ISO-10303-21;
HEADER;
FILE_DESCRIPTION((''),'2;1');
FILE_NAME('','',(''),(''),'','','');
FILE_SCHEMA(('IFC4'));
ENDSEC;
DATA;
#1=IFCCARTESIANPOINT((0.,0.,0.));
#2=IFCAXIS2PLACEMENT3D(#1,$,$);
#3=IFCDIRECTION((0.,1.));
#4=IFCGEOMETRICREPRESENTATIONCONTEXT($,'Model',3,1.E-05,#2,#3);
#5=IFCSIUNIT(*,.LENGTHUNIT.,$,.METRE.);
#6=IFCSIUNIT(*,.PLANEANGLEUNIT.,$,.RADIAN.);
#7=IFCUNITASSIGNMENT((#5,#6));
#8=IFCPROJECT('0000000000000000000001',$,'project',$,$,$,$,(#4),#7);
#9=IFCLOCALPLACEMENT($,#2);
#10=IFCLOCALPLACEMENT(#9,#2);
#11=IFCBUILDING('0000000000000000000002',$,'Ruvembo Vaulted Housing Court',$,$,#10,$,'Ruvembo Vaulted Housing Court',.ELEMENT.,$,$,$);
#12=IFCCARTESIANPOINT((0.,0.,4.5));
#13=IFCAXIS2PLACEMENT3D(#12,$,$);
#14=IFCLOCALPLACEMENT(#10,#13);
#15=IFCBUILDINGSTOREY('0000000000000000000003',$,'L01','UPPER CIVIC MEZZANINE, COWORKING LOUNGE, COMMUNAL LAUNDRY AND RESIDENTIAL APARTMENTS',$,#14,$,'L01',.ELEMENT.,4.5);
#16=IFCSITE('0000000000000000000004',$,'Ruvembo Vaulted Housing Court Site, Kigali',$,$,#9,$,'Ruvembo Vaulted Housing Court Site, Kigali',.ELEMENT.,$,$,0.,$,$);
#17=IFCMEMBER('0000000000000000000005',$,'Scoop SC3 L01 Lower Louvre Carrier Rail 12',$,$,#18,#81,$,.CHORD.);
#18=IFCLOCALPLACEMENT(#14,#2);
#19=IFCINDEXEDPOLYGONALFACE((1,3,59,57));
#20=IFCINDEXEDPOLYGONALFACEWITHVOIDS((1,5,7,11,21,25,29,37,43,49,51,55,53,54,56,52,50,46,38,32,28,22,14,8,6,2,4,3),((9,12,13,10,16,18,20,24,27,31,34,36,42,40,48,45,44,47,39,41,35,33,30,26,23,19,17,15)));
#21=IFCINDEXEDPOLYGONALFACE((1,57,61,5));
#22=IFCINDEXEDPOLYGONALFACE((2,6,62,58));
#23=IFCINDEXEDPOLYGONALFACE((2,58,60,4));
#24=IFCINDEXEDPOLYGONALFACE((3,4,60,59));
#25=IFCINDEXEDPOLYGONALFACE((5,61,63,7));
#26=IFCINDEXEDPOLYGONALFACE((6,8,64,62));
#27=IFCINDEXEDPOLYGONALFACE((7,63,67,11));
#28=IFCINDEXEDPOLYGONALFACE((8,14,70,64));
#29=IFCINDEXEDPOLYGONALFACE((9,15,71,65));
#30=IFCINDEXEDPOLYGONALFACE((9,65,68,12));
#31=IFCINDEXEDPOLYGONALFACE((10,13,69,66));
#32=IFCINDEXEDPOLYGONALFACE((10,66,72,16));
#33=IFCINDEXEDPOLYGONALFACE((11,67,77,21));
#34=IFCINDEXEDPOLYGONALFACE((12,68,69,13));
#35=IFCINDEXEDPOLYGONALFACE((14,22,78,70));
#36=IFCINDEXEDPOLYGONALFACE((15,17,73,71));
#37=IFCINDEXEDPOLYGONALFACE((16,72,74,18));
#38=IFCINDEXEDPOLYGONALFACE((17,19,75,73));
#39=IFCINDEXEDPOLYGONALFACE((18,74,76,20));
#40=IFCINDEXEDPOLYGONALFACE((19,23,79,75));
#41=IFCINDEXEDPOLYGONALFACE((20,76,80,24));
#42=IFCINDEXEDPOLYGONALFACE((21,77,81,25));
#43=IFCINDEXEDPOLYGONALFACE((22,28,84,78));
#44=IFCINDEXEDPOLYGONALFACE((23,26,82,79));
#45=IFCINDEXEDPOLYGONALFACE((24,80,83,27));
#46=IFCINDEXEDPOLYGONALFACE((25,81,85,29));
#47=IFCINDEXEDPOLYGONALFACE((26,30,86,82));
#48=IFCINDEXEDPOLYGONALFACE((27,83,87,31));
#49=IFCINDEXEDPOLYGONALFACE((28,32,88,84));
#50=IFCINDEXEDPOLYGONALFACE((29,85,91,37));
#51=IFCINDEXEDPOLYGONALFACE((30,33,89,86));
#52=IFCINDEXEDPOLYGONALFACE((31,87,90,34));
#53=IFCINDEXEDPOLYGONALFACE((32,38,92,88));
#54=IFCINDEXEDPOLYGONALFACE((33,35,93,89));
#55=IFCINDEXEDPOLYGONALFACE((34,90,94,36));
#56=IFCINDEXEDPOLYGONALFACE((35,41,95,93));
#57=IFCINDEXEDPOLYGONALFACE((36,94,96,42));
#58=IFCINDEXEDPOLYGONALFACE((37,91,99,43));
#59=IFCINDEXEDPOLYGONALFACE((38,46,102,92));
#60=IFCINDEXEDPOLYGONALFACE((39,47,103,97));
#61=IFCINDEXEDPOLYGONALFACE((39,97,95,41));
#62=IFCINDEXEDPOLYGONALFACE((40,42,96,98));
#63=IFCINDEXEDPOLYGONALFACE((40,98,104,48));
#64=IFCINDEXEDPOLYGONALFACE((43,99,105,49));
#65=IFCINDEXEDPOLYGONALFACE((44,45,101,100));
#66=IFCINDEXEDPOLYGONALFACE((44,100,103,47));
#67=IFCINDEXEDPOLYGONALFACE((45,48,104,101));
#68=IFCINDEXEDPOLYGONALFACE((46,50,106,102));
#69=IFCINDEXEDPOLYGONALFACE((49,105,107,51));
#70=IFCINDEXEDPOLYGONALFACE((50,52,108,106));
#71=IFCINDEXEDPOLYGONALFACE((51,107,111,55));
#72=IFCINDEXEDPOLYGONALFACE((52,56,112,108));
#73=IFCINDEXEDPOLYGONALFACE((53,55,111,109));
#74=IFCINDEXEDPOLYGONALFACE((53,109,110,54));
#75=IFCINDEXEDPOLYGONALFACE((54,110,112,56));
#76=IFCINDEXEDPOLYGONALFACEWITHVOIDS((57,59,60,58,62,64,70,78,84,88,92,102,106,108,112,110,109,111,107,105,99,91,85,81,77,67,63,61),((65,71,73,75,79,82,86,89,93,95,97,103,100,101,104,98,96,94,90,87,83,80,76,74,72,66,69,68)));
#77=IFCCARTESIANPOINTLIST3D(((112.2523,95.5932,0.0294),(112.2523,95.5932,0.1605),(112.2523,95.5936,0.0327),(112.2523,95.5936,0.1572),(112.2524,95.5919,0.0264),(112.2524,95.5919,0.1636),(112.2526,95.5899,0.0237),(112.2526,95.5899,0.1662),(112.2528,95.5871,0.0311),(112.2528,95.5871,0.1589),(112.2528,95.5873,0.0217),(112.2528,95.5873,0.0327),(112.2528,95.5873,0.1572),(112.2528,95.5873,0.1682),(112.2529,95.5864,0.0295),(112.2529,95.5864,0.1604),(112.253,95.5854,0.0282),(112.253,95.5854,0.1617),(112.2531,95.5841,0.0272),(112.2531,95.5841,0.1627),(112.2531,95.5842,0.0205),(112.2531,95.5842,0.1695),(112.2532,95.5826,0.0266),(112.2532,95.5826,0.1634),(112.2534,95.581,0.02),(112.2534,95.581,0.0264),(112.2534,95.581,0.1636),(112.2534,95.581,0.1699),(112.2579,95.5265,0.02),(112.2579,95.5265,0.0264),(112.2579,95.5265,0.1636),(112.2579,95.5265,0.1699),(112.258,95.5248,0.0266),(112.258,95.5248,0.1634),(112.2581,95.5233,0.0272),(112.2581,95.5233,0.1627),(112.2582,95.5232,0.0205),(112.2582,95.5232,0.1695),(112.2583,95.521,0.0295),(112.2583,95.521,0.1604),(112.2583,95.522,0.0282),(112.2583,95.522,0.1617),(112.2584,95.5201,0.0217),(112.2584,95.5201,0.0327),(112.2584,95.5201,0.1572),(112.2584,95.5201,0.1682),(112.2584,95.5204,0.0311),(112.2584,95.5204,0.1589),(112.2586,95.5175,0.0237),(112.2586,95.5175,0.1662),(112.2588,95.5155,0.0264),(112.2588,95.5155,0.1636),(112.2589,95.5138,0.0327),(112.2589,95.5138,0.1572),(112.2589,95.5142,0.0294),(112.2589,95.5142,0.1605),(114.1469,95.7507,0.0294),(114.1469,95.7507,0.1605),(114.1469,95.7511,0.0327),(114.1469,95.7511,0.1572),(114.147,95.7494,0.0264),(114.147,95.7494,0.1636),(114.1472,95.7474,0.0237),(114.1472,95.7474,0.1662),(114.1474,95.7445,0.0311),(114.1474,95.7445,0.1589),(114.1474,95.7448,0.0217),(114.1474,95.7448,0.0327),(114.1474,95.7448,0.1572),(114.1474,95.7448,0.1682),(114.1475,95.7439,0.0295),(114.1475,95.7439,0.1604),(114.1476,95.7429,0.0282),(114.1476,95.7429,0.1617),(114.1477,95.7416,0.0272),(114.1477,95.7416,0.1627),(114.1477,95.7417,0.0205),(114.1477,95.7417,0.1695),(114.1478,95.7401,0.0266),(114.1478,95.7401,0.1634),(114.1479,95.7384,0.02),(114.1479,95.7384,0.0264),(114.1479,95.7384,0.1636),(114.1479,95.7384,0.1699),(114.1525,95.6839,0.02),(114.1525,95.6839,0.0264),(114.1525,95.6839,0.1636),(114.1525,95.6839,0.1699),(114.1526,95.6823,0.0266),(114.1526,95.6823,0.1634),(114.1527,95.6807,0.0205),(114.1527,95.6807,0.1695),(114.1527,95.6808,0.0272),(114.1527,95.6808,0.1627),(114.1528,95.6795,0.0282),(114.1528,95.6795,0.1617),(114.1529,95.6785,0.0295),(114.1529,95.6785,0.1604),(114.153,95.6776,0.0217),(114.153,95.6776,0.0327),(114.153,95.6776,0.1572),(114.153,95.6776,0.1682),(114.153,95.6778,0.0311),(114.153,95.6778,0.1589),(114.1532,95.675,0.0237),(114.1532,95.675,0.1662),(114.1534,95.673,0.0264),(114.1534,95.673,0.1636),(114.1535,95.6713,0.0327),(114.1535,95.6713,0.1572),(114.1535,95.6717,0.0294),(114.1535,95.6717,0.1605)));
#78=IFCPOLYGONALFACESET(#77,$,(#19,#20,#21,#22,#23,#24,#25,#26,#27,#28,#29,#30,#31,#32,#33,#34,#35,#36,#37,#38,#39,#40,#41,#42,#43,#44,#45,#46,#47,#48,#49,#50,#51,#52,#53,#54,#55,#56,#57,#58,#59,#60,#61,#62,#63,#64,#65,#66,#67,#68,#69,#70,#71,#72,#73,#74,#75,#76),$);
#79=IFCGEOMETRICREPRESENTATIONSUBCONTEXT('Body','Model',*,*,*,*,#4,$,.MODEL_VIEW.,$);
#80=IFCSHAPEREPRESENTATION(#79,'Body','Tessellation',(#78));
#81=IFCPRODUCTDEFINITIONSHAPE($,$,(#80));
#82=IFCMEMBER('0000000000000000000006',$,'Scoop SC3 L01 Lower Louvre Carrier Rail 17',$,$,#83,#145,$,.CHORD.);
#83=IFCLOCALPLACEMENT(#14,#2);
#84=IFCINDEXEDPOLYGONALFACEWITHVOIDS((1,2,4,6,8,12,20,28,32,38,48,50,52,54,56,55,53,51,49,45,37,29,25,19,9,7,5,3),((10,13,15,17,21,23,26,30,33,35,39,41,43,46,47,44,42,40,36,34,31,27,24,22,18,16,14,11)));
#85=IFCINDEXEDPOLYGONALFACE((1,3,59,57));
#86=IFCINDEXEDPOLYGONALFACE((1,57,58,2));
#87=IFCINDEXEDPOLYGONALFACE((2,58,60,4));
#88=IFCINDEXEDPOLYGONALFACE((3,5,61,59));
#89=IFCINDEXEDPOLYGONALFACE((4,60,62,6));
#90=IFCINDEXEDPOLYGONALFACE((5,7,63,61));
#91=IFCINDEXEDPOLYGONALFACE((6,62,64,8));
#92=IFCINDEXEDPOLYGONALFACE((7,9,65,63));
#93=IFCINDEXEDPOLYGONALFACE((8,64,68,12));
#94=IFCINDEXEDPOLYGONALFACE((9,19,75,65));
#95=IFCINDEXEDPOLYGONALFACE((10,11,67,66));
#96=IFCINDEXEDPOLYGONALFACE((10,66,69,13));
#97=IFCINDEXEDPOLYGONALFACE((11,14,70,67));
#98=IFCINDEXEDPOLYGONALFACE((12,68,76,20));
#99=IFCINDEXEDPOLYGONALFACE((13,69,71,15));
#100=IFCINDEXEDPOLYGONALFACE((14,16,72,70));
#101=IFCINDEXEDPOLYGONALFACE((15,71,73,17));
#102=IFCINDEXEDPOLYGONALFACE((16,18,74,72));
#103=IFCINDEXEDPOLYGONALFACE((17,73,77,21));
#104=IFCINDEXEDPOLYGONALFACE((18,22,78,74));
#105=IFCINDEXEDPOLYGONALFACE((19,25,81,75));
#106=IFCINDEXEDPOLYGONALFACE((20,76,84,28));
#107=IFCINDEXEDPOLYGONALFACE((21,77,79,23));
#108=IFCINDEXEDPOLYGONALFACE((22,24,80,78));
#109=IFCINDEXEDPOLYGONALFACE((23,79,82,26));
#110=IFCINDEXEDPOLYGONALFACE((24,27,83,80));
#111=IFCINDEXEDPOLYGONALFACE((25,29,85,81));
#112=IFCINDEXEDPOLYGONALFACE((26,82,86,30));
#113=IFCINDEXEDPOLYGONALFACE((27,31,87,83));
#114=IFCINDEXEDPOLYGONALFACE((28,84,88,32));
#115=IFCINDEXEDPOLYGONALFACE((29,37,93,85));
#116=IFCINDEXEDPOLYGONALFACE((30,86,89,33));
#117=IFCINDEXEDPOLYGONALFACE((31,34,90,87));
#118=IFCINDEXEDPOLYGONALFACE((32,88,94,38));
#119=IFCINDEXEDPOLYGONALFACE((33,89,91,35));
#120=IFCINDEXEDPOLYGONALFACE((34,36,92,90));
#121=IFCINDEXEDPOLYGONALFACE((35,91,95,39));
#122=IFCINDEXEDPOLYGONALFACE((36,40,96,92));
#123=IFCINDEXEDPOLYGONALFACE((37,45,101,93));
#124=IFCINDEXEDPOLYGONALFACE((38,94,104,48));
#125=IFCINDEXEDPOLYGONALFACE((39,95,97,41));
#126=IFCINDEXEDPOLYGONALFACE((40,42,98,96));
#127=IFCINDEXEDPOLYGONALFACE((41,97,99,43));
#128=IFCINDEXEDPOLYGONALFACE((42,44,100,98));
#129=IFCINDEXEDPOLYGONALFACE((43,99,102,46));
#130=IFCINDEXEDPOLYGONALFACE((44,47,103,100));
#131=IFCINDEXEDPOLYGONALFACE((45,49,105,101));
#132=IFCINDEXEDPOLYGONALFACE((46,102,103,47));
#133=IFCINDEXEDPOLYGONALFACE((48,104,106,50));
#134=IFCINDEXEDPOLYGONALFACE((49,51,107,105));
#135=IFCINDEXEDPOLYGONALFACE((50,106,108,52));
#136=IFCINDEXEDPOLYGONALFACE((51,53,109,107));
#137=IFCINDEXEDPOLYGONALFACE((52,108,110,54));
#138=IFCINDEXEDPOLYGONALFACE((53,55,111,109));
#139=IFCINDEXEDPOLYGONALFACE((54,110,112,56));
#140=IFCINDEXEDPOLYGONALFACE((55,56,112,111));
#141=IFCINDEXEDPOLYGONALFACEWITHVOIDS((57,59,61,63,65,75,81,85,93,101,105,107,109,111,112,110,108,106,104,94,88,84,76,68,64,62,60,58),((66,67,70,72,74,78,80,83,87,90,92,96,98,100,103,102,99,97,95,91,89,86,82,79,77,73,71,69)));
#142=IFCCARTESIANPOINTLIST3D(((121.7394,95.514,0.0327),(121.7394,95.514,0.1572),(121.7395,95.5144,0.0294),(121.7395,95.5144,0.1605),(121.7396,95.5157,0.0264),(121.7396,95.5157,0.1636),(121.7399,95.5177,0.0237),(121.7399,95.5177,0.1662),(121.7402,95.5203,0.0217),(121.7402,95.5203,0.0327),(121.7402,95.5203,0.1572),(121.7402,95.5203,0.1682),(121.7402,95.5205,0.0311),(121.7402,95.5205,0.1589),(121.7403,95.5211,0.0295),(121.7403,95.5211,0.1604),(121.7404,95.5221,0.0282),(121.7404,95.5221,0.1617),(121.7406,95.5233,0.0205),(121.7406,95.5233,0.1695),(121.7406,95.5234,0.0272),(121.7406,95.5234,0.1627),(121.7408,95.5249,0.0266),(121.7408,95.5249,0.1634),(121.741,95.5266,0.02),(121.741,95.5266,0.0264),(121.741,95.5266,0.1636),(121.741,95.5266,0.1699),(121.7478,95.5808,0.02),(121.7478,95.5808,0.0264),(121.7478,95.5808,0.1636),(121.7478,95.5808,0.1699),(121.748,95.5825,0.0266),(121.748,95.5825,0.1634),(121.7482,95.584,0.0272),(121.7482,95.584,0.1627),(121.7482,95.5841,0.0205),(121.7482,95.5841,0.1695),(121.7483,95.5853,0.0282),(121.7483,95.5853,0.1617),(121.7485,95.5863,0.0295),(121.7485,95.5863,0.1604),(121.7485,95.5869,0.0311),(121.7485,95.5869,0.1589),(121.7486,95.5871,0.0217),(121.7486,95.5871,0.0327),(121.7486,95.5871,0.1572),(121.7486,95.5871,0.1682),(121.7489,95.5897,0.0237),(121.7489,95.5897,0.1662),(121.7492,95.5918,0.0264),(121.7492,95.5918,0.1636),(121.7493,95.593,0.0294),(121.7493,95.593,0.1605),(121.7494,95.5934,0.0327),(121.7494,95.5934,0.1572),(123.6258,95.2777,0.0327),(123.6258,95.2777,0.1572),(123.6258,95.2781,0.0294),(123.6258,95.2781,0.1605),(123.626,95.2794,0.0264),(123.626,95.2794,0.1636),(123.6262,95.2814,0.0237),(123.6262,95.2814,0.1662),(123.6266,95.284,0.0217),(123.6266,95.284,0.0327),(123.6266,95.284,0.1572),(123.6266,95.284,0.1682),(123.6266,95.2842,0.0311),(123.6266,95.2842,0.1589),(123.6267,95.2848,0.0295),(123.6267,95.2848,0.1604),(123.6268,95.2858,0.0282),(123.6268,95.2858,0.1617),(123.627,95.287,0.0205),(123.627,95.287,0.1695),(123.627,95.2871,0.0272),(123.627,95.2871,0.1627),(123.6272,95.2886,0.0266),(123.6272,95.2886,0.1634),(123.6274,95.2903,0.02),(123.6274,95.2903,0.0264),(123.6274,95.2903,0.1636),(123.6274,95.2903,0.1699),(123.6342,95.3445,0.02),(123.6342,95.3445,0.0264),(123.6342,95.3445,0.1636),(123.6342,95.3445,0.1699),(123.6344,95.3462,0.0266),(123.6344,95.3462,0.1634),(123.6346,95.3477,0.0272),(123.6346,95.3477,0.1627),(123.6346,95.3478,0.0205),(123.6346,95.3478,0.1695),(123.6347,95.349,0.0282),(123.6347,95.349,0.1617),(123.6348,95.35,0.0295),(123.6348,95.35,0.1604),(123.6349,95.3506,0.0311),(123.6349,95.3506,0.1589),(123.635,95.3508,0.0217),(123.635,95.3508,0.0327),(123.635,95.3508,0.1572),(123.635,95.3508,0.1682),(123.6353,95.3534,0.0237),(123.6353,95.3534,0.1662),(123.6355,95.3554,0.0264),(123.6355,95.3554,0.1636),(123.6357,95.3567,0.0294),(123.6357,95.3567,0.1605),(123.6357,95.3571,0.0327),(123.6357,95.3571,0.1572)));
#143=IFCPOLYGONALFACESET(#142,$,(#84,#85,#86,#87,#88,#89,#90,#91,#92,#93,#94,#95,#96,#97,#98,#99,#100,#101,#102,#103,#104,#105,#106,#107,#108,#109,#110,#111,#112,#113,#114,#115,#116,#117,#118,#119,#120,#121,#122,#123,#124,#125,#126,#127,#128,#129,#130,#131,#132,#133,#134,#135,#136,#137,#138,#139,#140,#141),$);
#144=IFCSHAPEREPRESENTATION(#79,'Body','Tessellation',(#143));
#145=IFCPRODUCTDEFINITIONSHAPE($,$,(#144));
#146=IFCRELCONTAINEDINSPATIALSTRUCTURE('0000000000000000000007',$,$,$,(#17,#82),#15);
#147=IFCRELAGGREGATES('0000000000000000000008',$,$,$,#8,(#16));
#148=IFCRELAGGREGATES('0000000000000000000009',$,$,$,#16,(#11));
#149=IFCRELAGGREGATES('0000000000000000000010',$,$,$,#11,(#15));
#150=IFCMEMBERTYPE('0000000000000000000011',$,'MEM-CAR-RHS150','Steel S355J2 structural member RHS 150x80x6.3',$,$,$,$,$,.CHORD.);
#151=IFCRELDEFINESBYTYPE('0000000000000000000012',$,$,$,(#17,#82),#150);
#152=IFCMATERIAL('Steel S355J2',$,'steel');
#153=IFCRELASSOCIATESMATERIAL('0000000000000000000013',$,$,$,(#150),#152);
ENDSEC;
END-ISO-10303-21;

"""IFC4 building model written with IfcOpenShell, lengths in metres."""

from ifc_helpers import new_model, si_unit, direction, frame, origin, origin_2d, place, context, subcontext, project, spatial, hollow_rectangle, extrude, material, material_profile, profile_set, type_object, element, save


model = new_model("IFC4")

# Units and contexts
model_context = context("Model", 3, precision=1e-05, world=origin(), true_north=direction((0.0, 1.0)))
body_context = subcontext(model_context, "Body", "Model", "MODEL_VIEW")
ifc_project = project(units=[si_unit("LENGTHUNIT", "METRE"), si_unit("PLANEANGLEUNIT", "RADIAN")], contexts=[model_context])

# Site, building, storey
site_placement = place(None, origin())
site = spatial("IfcSite", under=ifc_project, at=site_placement, Name="Ruvembo Vaulted Housing Court Site, Kigali", LongName="Ruvembo Vaulted Housing Court Site, Kigali", CompositionType="ELEMENT", RefElevation=0.0)
building_placement = place(site_placement, origin())
building = spatial("IfcBuilding", under=site, at=building_placement, Name="Ruvembo Vaulted Housing Court", LongName="Ruvembo Vaulted Housing Court", CompositionType="ELEMENT")
storey_placement = place(building_placement, frame((0.0, 0.0, 4.5)))
storey = spatial("IfcBuildingStorey", under=building, at=storey_placement, Name="L01", Description="UPPER CIVIC MEZZANINE, COWORKING LOUNGE, COMMUNAL LAUNDRY AND RESIDENTIAL APARTMENTS", LongName="L01", CompositionType="ELEMENT", Elevation=4.5)

# Shared definitions
ifc_material_1 = material(Name="Steel S355J2", Category="steel")

# Members
ifc_material_profile_1 = material_profile(ifc_material_1, hollow_rectangle(XDim=0.0801, YDim=0.1499, WallThickness=0.0063, InnerFilletRadius=0.0063, OuterFilletRadius=0.0127, at=origin_2d()), Name="RHS 150x80x6.3")
ifc_profile_set_1 = profile_set([ifc_material_profile_1], Name="Steel S355J2")
member_type_1 = type_object("IfcMemberType", Name="MEM-CAR-RHS150", Description="Steel S355J2 structural member RHS 150x80x6.3", PredefinedType="CHORD", material=ifc_profile_set_1)
for number, where, z_axis, x_axis, name in (
    (1, (112.2556, 95.5537, 0.095), (0.996563, 0.082833, 0.0), (-0.082833, 0.996563, 0.0), "Scoop SC3 L01 Lower Louvre Carrier Rail 12"),
    (2, (121.7444, 95.5537, 0.095), (0.992244, -0.124303, 0.0), (0.124303, 0.992244, 0.0), "Scoop SC3 L01 Lower Louvre Carrier Rail 17"),
):
    element("IfcMember", number, at=place(storey_placement, frame(where, z_axis=z_axis, x_axis=x_axis)), inside=storey, type_object=member_type_1, Name=name, PredefinedType="CHORD", context=body_context, shape_type="SweptSolid", body=[
        extrude(hollow_rectangle(XDim=0.0801, YDim=0.1499, WallThickness=0.0063, InnerFilletRadius=0.0063, OuterFilletRadius=0.0127, at=origin_2d()), origin(), (0.0, 0.0, 1.0), 1.9011),
    ])

save(model, "model.ifc")
